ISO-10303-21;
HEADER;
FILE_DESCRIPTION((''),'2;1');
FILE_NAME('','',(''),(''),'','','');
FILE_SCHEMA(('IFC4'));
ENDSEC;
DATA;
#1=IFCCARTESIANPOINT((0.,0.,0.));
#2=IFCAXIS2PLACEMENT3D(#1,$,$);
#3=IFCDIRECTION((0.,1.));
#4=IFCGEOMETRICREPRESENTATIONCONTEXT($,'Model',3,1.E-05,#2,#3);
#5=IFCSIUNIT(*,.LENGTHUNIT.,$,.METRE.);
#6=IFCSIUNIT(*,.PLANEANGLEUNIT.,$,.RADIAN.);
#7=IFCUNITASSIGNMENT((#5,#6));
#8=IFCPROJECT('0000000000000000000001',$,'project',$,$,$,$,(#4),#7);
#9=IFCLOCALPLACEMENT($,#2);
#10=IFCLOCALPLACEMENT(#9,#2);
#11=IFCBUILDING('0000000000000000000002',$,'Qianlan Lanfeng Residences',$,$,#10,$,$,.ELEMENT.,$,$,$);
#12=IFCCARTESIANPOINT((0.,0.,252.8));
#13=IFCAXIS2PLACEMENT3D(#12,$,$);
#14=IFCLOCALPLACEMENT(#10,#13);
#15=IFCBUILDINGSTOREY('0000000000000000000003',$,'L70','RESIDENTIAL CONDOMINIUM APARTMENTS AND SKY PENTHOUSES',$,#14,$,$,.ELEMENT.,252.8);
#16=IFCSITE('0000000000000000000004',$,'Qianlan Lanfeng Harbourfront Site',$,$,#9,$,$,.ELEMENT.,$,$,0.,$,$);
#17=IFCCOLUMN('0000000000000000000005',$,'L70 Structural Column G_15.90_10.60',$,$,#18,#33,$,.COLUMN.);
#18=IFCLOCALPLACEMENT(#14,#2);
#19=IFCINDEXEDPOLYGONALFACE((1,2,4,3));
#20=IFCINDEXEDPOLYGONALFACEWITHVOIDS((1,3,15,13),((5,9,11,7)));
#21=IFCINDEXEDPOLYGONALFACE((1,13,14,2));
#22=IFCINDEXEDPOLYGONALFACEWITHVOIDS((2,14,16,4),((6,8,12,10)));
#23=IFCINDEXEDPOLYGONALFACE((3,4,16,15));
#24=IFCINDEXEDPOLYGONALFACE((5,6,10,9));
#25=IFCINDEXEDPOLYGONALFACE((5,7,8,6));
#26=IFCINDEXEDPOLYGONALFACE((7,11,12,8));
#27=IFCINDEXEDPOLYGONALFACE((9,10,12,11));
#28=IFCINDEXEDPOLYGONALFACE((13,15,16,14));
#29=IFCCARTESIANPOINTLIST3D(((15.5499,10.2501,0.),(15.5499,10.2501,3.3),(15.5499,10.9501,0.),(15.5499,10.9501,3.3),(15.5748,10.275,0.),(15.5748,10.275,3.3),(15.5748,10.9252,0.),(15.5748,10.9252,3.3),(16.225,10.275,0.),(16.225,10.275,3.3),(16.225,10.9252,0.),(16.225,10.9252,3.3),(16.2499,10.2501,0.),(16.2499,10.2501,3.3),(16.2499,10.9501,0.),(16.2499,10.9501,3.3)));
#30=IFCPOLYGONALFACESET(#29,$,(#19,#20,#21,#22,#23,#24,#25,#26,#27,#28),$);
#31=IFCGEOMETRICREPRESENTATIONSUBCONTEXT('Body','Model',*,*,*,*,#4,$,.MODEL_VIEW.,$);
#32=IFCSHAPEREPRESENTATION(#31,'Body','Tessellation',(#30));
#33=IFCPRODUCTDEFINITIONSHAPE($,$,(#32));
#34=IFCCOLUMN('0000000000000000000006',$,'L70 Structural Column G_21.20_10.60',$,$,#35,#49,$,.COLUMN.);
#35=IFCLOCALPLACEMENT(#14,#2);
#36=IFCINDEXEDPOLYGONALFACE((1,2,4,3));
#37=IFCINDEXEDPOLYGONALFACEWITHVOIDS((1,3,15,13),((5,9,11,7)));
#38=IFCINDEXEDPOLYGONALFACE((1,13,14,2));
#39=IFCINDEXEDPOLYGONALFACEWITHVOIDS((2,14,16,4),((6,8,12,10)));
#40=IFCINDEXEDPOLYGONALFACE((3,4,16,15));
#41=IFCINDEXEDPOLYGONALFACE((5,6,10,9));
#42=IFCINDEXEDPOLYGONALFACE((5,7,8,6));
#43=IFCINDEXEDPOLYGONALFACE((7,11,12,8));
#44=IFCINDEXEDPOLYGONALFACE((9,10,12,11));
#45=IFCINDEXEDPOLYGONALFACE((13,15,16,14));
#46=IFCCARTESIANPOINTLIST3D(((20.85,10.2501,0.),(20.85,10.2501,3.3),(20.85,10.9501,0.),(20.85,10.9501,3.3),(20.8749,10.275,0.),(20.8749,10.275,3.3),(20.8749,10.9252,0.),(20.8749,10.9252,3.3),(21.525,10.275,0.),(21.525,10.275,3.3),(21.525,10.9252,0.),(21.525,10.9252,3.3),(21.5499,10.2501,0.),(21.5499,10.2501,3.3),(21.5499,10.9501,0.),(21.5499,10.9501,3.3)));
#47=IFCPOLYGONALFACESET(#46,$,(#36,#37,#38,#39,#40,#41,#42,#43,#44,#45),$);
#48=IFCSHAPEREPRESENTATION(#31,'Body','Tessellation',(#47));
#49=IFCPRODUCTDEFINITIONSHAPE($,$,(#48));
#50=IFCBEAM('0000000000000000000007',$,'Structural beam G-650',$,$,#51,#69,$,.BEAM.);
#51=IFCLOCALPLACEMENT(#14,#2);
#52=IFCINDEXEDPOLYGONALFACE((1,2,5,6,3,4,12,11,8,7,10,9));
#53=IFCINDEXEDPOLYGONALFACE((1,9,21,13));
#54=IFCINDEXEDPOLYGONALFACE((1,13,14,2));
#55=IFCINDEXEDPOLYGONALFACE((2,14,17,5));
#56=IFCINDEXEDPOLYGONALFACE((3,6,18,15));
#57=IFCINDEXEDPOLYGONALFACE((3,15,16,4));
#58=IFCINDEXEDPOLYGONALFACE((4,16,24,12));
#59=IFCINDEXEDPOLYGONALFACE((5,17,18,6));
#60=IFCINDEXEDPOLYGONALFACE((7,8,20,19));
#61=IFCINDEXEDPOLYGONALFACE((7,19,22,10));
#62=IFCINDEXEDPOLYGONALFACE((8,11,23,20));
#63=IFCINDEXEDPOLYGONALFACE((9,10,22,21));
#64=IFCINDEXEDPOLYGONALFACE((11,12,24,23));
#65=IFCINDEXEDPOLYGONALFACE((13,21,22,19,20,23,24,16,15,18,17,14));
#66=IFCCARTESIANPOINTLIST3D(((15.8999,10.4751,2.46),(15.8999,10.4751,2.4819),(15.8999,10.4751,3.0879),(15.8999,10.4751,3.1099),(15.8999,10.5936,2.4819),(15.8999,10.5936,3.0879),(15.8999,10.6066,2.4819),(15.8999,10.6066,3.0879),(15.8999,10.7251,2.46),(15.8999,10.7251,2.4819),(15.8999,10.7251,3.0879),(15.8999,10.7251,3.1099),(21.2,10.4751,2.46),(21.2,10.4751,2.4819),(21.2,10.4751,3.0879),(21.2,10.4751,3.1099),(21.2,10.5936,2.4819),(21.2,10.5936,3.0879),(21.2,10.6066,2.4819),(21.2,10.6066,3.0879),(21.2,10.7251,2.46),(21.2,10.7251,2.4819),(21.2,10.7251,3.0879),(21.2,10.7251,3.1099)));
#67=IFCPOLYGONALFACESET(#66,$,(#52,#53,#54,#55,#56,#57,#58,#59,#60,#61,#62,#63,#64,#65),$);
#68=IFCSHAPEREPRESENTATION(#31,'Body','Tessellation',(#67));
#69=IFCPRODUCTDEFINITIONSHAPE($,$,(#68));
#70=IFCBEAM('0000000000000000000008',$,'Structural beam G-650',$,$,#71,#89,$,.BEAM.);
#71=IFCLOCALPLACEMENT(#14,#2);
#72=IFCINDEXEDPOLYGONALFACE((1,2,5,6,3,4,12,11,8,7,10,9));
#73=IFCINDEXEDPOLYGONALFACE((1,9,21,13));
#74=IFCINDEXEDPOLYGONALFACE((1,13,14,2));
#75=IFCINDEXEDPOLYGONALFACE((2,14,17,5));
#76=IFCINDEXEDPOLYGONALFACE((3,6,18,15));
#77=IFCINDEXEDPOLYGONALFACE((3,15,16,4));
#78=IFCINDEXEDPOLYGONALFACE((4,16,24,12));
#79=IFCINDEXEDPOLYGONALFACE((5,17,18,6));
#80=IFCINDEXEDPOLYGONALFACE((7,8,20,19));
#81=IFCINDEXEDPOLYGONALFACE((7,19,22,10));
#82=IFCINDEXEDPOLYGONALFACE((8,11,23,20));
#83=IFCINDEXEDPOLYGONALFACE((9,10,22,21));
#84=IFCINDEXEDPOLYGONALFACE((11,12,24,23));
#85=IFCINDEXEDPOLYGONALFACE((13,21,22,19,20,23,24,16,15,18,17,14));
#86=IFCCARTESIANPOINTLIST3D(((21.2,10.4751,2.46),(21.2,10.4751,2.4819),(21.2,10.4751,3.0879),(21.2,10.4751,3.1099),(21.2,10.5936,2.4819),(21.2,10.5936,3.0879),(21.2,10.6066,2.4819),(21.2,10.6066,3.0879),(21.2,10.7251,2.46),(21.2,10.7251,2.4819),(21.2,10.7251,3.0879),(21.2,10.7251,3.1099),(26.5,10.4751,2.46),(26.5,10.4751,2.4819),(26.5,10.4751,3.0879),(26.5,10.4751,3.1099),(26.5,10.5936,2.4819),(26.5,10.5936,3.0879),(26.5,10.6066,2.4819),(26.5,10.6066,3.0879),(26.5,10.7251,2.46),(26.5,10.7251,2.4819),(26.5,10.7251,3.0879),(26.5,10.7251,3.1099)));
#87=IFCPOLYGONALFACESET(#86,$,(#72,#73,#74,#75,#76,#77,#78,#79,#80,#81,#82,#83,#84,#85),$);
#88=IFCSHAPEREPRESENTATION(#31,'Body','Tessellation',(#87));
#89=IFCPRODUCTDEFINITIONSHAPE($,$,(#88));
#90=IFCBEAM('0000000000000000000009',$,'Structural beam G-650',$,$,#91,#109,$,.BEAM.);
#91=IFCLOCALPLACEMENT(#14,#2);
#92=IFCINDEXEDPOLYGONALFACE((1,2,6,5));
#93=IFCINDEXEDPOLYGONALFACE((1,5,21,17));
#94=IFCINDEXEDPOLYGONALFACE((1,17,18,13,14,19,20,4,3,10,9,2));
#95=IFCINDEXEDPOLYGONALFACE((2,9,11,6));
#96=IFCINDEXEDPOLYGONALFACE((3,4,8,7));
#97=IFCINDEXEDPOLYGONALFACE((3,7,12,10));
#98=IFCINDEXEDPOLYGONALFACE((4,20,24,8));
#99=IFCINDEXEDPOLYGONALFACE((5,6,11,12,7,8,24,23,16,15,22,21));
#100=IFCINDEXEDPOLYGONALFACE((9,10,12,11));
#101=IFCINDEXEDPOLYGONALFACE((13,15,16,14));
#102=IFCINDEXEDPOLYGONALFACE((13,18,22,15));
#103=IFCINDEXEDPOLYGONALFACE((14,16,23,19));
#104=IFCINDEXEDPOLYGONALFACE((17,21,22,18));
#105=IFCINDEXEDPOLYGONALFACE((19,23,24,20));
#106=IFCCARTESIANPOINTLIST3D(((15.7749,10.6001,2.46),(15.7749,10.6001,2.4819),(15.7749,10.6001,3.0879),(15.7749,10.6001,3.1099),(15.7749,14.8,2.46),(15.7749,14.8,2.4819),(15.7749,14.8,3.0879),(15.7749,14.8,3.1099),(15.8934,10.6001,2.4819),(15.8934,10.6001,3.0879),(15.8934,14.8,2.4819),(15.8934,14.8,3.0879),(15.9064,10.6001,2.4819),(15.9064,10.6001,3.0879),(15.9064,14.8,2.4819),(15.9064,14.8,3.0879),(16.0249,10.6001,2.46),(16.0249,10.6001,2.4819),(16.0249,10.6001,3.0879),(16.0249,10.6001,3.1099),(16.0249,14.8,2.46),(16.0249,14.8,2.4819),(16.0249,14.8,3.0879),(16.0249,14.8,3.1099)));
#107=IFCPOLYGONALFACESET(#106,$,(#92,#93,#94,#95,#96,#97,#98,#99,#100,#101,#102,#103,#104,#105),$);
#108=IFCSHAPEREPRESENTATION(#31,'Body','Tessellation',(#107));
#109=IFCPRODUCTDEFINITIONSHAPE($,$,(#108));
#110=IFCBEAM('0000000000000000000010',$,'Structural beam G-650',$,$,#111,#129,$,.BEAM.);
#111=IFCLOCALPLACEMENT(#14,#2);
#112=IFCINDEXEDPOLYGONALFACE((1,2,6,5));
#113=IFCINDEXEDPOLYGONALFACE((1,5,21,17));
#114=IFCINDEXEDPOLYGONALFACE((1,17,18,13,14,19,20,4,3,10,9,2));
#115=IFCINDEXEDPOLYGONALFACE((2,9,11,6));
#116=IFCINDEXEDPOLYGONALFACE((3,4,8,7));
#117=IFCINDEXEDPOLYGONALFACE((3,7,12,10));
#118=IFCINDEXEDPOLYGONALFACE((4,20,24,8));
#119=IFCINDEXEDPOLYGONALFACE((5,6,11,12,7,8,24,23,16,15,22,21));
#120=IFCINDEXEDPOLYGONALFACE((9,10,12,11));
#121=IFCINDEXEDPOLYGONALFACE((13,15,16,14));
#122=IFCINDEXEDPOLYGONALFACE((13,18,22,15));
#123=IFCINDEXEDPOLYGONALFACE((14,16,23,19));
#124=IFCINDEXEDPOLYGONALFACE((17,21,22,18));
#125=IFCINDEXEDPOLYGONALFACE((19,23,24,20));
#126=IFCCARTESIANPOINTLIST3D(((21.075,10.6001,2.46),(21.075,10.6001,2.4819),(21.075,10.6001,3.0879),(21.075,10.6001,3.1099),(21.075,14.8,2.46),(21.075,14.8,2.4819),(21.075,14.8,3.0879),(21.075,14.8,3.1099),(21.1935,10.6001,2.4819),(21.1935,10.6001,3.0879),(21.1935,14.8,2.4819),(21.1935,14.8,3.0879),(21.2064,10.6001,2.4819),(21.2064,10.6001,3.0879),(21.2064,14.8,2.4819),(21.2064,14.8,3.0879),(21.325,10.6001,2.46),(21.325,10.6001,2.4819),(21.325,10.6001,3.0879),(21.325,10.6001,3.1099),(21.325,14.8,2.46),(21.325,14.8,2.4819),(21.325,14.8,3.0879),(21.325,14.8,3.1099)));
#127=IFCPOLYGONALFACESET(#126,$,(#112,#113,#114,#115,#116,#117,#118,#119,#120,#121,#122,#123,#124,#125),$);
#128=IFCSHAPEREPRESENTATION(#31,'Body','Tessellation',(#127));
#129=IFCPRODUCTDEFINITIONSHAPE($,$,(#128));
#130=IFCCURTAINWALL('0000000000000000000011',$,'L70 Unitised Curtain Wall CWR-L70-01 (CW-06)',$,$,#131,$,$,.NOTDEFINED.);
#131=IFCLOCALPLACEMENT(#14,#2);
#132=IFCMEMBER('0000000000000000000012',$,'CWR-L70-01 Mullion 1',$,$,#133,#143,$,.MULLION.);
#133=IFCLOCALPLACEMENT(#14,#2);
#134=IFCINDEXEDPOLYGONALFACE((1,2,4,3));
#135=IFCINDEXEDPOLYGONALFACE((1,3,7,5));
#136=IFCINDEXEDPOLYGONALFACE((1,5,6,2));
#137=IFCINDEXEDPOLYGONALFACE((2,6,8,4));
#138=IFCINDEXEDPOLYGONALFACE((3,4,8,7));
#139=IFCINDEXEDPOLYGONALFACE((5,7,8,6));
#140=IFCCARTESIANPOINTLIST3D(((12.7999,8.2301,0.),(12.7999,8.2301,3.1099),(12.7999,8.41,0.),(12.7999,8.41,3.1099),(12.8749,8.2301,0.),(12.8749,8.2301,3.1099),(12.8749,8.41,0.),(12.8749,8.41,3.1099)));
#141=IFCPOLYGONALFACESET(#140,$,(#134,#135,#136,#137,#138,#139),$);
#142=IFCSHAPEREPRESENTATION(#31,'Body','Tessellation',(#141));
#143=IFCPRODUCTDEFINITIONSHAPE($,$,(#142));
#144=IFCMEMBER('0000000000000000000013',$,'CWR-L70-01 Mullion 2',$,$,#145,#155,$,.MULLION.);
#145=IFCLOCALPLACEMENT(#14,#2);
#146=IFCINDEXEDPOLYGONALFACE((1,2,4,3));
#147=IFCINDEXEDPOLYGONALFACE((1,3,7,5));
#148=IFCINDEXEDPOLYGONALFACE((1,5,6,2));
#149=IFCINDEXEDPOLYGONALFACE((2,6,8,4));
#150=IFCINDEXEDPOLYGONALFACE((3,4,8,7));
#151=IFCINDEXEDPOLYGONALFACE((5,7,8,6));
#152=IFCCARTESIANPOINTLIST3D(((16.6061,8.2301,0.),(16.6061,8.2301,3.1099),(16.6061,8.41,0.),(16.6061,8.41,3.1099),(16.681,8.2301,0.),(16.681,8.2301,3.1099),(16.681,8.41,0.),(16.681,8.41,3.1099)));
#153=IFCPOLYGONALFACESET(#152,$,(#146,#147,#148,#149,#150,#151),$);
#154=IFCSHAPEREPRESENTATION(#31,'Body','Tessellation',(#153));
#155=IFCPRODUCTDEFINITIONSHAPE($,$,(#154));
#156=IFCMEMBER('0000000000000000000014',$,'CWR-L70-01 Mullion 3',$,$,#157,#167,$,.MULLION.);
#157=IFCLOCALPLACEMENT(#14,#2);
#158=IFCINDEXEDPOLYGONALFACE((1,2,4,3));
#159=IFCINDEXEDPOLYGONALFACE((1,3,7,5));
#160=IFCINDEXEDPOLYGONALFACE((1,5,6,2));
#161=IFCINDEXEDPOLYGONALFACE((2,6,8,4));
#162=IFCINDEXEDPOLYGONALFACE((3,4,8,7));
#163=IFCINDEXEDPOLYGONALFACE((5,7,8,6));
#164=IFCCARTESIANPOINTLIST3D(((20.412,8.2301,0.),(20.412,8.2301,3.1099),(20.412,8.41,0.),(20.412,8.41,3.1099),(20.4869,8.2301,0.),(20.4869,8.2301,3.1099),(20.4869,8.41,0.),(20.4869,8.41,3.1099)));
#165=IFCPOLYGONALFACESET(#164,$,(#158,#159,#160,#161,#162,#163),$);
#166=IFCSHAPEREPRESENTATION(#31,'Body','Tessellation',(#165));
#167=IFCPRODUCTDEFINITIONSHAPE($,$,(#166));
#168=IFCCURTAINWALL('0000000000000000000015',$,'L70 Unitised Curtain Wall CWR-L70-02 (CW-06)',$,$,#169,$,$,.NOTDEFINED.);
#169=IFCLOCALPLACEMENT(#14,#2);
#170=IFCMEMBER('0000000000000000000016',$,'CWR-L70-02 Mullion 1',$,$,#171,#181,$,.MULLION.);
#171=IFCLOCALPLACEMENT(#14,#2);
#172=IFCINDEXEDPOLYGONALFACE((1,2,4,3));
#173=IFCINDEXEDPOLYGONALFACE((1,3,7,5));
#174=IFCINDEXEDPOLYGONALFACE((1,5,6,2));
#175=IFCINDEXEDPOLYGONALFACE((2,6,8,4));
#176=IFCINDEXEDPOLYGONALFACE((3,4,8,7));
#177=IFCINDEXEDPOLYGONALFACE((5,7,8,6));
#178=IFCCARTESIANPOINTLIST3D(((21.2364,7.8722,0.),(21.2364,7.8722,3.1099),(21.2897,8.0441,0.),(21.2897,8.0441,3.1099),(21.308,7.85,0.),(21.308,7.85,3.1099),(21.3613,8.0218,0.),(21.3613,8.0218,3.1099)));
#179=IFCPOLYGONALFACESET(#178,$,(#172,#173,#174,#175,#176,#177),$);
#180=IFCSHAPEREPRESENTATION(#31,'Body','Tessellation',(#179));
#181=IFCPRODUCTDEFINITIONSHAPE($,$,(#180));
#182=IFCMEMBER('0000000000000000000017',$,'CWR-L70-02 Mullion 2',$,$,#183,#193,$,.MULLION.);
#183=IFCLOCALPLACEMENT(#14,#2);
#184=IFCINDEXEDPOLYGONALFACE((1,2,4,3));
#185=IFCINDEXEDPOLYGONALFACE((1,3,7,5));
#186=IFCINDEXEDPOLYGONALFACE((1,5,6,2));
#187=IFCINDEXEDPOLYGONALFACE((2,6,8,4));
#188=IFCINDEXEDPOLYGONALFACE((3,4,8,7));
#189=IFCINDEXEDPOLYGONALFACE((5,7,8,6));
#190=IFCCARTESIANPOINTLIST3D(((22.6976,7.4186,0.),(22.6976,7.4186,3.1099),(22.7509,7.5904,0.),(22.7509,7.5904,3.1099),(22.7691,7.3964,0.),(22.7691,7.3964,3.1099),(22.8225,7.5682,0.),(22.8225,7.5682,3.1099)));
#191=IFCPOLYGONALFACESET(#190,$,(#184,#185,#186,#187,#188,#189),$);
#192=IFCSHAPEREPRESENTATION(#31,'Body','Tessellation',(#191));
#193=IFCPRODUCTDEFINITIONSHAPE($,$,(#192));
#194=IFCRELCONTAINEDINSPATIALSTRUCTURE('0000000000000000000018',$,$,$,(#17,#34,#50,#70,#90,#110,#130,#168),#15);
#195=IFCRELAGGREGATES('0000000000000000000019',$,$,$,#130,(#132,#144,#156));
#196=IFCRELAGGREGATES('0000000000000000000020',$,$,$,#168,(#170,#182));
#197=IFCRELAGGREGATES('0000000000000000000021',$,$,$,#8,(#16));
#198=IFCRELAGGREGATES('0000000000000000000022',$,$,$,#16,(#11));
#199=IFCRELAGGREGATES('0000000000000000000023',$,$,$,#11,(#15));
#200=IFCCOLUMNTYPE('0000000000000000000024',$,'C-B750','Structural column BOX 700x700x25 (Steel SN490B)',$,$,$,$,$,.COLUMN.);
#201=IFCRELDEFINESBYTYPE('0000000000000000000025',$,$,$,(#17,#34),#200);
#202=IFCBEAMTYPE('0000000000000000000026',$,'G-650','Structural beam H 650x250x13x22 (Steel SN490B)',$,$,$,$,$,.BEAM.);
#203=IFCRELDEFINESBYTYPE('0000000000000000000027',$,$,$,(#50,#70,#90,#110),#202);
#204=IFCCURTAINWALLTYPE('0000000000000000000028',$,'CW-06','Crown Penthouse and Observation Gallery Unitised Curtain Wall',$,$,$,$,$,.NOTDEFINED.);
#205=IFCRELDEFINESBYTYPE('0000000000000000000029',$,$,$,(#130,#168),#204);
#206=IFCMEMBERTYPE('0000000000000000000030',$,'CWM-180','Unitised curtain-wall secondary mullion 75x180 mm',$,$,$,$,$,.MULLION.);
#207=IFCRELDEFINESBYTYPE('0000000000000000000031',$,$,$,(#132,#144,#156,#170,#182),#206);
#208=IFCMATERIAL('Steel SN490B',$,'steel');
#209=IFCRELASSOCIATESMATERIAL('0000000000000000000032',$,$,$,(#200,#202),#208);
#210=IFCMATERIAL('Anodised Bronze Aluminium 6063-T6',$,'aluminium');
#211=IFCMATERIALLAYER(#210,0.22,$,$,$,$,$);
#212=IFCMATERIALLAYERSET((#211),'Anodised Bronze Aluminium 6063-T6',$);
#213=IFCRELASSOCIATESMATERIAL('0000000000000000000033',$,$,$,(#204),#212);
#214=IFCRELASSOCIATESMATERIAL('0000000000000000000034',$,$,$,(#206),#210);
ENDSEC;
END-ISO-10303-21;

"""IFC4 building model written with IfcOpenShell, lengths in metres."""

from ifc_helpers import new_model, si_unit, direction, frame, origin, origin_2d, place, context, subcontext, project, spatial, rectangle, hollow_rectangle, i_section, extrude, source, transform, mapped, material, layer, layer_set, material_profile, profile_set, type_object, element, aggregate, save


model = new_model("IFC4")

# Units and contexts
model_context = context("Model", 3, precision=1e-05, world=origin(), true_north=direction((0.0, 1.0)))
body_context = subcontext(model_context, "Body", "Model", "MODEL_VIEW")
ifc_project = project(units=[si_unit("LENGTHUNIT", "METRE"), si_unit("PLANEANGLEUNIT", "RADIAN")], contexts=[model_context])

# Site, building, storey
site_placement = place(None, origin())
site = spatial("IfcSite", under=ifc_project, at=site_placement, Name="Qianlan Lanfeng Harbourfront Site", CompositionType="ELEMENT", RefElevation=0.0)
building_placement = place(site_placement, origin())
building = spatial("IfcBuilding", under=site, at=building_placement, Name="Qianlan Lanfeng Residences", CompositionType="ELEMENT")
storey_placement = place(building_placement, frame((0.0, 0.0, 252.8)))
storey = spatial("IfcBuildingStorey", under=building, at=storey_placement, Name="L70", Description="RESIDENTIAL CONDOMINIUM APARTMENTS AND SKY PENTHOUSES", CompositionType="ELEMENT", Elevation=252.8)

# Columns
ifc_material_1 = material(Name="Steel SN490B", Category="steel")
ifc_material_profile_1 = material_profile(ifc_material_1, hollow_rectangle(XDim=0.7, YDim=0.7, WallThickness=0.0249, at=origin_2d()), Name="BOX 700x700x25")
ifc_profile_set_1 = profile_set([ifc_material_profile_1], Name="Steel SN490B")
column_type = type_object("IfcColumnType", Name="C-B750", Description="Structural column BOX 700x700x25 (Steel SN490B)", PredefinedType="COLUMN", material=ifc_profile_set_1)
for number, where, z_axis, x_axis, name in (
    (1, (15.8999, 10.6001, 0.0), (0.0, 0.0, 1.0), (1.0, 0.0, 0.0), "L70 Structural Column G_15.90_10.60"),
    (2, (21.2, 10.6001, 0.0), (0.0, 0.0, 1.0), (1.0, 0.0, 0.0), "L70 Structural Column G_21.20_10.60"),
):
    element("IfcColumn", number, at=place(storey_placement, frame(where, z_axis=z_axis, x_axis=x_axis)), inside=storey, type_object=column_type, Name=name, PredefinedType="COLUMN", context=body_context, shape_type="SweptSolid", body=[
        extrude(hollow_rectangle(XDim=0.7, YDim=0.7, WallThickness=0.0249, at=origin_2d()), origin(), (0.0, 0.0, 1.0), 3.3),
    ])

# Beams
ifc_material_profile_2 = material_profile(ifc_material_1, i_section(OverallWidth=0.25, OverallDepth=0.6499, WebThickness=0.0129, FlangeThickness=0.022, at=origin_2d()), Name="H 650x250x13x22")
ifc_profile_set_2 = profile_set([ifc_material_profile_2], Name="Steel SN490B")
beam_type = type_object("IfcBeamType", Name="G-650", Description="Structural beam H 650x250x13x22 (Steel SN490B)", PredefinedType="BEAM", material=ifc_profile_set_2)
for number, where, z_axis, x_axis, name in (
    (3, (15.8999, 10.6001, 2.7849), (1.0, 0.0, 0.0), (0.0, 1.0, 0.0), "Structural beam G-650"),
    (4, (21.2, 10.6001, 2.7849), (1.0, 0.0, 0.0), (0.0, 1.0, 0.0), "Structural beam G-650"),
):
    element("IfcBeam", number, at=place(storey_placement, frame(where, z_axis=z_axis, x_axis=x_axis)), inside=storey, type_object=beam_type, Name=name, PredefinedType="BEAM", context=body_context, shape_type="SweptSolid", body=[
        extrude(i_section(OverallWidth=0.25, OverallDepth=0.6499, WebThickness=0.0129, FlangeThickness=0.022, at=origin_2d()), origin(), (0.0, 0.0, 1.0), 5.3),
    ])
for number, where, z_axis, x_axis, name in (
    (5, (15.8999, 10.6001, 2.7849), (0.0, 1.0, 0.0), (-1.0, 0.0, 0.0), "Structural beam G-650"),
    (6, (21.2, 10.6001, 2.7849), (0.0, 1.0, 0.0), (-1.0, 0.0, 0.0), "Structural beam G-650"),
):
    element("IfcBeam", number, at=place(storey_placement, frame(where, z_axis=z_axis, x_axis=x_axis)), inside=storey, type_object=beam_type, Name=name, PredefinedType="BEAM", context=body_context, shape_type="SweptSolid", body=[
        extrude(i_section(OverallWidth=0.25, OverallDepth=0.6499, WebThickness=0.0129, FlangeThickness=0.022, at=origin_2d()), origin(), (0.0, 0.0, 1.0), 4.2),
    ])

# Curtain walls, members
ifc_material_2 = material(Name="Anodised Bronze Aluminium 6063-T6", Category="aluminium")
ifc_layer_1 = layer(ifc_material_2, 0.22)
ifc_layer_set_1 = layer_set([ifc_layer_1], Name="Anodised Bronze Aluminium 6063-T6")
curtain_wall_type = type_object("IfcCurtainWallType", Name="CW-06", Description="Crown Penthouse and Observation Gallery Unitised Curtain Wall", PredefinedType="NOTDEFINED", material=ifc_layer_set_1)
curtain_wall_1_placement = place(storey_placement, origin())
curtain_wall_1 = element("IfcCurtainWall", 7, at=curtain_wall_1_placement, inside=storey, type_object=curtain_wall_type, Name="L70 Unitised Curtain Wall CWR-L70-01 (CW-06)", PredefinedType="NOTDEFINED")
ifc_material_profile_3 = material_profile(ifc_material_2, rectangle(XDim=0.075, YDim=0.1799, at=origin_2d()), Name="ALU MULLION 75x180")
ifc_profile_set_3 = profile_set([ifc_material_profile_3], Name="Anodised Bronze Aluminium 6063-T6")
member_type_1 = type_object("IfcMemberType", Name="CWM-180", Description="Unitised curtain-wall secondary mullion 75x180 mm", PredefinedType="MULLION", material=ifc_profile_set_3)
shared_shape_1 = source(origin(), body_context, "Body", "SweptSolid", [
    extrude(rectangle(XDim=0.075, YDim=0.1799, at=origin_2d()), origin(), (0.0, 0.0, 1.0), 3.1099),
])
member_1_placement = place(storey_placement, frame((12.8374, 8.3201, 0.0), z_axis=(0.0, 0.0, 1.0), x_axis=(1.0, 0.0, 0.0)))
member_1 = element("IfcMember", 8, at=member_1_placement, type_object=member_type_1, Name="CWR-L70-01 Mullion 1", PredefinedType="MULLION", context=body_context, shape_type="MappedRepresentation", body=[
    mapped(shared_shape_1, transform((0.0, 0.0, 0.0), scale=1.0)),
])
member_2_placement = place(storey_placement, frame((16.6436, 8.3201, 0.0), z_axis=(0.0, 0.0, 1.0), x_axis=(1.0, 0.0, 0.0)))
member_2 = element("IfcMember", 9, at=member_2_placement, type_object=member_type_1, Name="CWR-L70-01 Mullion 2", PredefinedType="MULLION", context=body_context, shape_type="MappedRepresentation", body=[
    mapped(shared_shape_1, transform((0.0, 0.0, 0.0), scale=1.0)),
])
member_3_placement = place(storey_placement, frame((20.4495, 8.3201, 0.0), z_axis=(0.0, 0.0, 1.0), x_axis=(1.0, 0.0, 0.0)))
member_3 = element("IfcMember", 10, at=member_3_placement, type_object=member_type_1, Name="CWR-L70-01 Mullion 3", PredefinedType="MULLION", context=body_context, shape_type="MappedRepresentation", body=[
    mapped(shared_shape_1, transform((0.0, 0.0, 0.0), scale=1.0)),
])
curtain_wall_2_placement = place(storey_placement, origin())
curtain_wall_2 = element("IfcCurtainWall", 11, at=curtain_wall_2_placement, inside=storey, type_object=curtain_wall_type, Name="L70 Unitised Curtain Wall CWR-L70-02 (CW-06)", PredefinedType="NOTDEFINED")
member_4_placement = place(storey_placement, frame((21.2988, 7.947, 0.0), z_axis=(0.0, 0.0, 1.0), x_axis=(0.95508, -0.296348, 0.0)))
member_4 = element("IfcMember", 12, at=member_4_placement, type_object=member_type_1, Name="CWR-L70-02 Mullion 1", PredefinedType="MULLION", context=body_context, shape_type="MappedRepresentation", body=[
    mapped(shared_shape_1, transform((0.0, 0.0, 0.0), scale=1.0)),
])
member_5_placement = place(storey_placement, frame((22.76, 7.4934, 0.0), z_axis=(0.0, 0.0, 1.0), x_axis=(0.95508, -0.296348, 0.0)))
member_5 = element("IfcMember", 13, at=member_5_placement, type_object=member_type_1, Name="CWR-L70-02 Mullion 2", PredefinedType="MULLION", context=body_context, shape_type="MappedRepresentation", body=[
    mapped(shared_shape_1, transform((0.0, 0.0, 0.0), scale=1.0)),
])

aggregate(curtain_wall_1, [member_1, member_2, member_3])
aggregate(curtain_wall_2, [member_4, member_5])

save(model, "model.ifc")
